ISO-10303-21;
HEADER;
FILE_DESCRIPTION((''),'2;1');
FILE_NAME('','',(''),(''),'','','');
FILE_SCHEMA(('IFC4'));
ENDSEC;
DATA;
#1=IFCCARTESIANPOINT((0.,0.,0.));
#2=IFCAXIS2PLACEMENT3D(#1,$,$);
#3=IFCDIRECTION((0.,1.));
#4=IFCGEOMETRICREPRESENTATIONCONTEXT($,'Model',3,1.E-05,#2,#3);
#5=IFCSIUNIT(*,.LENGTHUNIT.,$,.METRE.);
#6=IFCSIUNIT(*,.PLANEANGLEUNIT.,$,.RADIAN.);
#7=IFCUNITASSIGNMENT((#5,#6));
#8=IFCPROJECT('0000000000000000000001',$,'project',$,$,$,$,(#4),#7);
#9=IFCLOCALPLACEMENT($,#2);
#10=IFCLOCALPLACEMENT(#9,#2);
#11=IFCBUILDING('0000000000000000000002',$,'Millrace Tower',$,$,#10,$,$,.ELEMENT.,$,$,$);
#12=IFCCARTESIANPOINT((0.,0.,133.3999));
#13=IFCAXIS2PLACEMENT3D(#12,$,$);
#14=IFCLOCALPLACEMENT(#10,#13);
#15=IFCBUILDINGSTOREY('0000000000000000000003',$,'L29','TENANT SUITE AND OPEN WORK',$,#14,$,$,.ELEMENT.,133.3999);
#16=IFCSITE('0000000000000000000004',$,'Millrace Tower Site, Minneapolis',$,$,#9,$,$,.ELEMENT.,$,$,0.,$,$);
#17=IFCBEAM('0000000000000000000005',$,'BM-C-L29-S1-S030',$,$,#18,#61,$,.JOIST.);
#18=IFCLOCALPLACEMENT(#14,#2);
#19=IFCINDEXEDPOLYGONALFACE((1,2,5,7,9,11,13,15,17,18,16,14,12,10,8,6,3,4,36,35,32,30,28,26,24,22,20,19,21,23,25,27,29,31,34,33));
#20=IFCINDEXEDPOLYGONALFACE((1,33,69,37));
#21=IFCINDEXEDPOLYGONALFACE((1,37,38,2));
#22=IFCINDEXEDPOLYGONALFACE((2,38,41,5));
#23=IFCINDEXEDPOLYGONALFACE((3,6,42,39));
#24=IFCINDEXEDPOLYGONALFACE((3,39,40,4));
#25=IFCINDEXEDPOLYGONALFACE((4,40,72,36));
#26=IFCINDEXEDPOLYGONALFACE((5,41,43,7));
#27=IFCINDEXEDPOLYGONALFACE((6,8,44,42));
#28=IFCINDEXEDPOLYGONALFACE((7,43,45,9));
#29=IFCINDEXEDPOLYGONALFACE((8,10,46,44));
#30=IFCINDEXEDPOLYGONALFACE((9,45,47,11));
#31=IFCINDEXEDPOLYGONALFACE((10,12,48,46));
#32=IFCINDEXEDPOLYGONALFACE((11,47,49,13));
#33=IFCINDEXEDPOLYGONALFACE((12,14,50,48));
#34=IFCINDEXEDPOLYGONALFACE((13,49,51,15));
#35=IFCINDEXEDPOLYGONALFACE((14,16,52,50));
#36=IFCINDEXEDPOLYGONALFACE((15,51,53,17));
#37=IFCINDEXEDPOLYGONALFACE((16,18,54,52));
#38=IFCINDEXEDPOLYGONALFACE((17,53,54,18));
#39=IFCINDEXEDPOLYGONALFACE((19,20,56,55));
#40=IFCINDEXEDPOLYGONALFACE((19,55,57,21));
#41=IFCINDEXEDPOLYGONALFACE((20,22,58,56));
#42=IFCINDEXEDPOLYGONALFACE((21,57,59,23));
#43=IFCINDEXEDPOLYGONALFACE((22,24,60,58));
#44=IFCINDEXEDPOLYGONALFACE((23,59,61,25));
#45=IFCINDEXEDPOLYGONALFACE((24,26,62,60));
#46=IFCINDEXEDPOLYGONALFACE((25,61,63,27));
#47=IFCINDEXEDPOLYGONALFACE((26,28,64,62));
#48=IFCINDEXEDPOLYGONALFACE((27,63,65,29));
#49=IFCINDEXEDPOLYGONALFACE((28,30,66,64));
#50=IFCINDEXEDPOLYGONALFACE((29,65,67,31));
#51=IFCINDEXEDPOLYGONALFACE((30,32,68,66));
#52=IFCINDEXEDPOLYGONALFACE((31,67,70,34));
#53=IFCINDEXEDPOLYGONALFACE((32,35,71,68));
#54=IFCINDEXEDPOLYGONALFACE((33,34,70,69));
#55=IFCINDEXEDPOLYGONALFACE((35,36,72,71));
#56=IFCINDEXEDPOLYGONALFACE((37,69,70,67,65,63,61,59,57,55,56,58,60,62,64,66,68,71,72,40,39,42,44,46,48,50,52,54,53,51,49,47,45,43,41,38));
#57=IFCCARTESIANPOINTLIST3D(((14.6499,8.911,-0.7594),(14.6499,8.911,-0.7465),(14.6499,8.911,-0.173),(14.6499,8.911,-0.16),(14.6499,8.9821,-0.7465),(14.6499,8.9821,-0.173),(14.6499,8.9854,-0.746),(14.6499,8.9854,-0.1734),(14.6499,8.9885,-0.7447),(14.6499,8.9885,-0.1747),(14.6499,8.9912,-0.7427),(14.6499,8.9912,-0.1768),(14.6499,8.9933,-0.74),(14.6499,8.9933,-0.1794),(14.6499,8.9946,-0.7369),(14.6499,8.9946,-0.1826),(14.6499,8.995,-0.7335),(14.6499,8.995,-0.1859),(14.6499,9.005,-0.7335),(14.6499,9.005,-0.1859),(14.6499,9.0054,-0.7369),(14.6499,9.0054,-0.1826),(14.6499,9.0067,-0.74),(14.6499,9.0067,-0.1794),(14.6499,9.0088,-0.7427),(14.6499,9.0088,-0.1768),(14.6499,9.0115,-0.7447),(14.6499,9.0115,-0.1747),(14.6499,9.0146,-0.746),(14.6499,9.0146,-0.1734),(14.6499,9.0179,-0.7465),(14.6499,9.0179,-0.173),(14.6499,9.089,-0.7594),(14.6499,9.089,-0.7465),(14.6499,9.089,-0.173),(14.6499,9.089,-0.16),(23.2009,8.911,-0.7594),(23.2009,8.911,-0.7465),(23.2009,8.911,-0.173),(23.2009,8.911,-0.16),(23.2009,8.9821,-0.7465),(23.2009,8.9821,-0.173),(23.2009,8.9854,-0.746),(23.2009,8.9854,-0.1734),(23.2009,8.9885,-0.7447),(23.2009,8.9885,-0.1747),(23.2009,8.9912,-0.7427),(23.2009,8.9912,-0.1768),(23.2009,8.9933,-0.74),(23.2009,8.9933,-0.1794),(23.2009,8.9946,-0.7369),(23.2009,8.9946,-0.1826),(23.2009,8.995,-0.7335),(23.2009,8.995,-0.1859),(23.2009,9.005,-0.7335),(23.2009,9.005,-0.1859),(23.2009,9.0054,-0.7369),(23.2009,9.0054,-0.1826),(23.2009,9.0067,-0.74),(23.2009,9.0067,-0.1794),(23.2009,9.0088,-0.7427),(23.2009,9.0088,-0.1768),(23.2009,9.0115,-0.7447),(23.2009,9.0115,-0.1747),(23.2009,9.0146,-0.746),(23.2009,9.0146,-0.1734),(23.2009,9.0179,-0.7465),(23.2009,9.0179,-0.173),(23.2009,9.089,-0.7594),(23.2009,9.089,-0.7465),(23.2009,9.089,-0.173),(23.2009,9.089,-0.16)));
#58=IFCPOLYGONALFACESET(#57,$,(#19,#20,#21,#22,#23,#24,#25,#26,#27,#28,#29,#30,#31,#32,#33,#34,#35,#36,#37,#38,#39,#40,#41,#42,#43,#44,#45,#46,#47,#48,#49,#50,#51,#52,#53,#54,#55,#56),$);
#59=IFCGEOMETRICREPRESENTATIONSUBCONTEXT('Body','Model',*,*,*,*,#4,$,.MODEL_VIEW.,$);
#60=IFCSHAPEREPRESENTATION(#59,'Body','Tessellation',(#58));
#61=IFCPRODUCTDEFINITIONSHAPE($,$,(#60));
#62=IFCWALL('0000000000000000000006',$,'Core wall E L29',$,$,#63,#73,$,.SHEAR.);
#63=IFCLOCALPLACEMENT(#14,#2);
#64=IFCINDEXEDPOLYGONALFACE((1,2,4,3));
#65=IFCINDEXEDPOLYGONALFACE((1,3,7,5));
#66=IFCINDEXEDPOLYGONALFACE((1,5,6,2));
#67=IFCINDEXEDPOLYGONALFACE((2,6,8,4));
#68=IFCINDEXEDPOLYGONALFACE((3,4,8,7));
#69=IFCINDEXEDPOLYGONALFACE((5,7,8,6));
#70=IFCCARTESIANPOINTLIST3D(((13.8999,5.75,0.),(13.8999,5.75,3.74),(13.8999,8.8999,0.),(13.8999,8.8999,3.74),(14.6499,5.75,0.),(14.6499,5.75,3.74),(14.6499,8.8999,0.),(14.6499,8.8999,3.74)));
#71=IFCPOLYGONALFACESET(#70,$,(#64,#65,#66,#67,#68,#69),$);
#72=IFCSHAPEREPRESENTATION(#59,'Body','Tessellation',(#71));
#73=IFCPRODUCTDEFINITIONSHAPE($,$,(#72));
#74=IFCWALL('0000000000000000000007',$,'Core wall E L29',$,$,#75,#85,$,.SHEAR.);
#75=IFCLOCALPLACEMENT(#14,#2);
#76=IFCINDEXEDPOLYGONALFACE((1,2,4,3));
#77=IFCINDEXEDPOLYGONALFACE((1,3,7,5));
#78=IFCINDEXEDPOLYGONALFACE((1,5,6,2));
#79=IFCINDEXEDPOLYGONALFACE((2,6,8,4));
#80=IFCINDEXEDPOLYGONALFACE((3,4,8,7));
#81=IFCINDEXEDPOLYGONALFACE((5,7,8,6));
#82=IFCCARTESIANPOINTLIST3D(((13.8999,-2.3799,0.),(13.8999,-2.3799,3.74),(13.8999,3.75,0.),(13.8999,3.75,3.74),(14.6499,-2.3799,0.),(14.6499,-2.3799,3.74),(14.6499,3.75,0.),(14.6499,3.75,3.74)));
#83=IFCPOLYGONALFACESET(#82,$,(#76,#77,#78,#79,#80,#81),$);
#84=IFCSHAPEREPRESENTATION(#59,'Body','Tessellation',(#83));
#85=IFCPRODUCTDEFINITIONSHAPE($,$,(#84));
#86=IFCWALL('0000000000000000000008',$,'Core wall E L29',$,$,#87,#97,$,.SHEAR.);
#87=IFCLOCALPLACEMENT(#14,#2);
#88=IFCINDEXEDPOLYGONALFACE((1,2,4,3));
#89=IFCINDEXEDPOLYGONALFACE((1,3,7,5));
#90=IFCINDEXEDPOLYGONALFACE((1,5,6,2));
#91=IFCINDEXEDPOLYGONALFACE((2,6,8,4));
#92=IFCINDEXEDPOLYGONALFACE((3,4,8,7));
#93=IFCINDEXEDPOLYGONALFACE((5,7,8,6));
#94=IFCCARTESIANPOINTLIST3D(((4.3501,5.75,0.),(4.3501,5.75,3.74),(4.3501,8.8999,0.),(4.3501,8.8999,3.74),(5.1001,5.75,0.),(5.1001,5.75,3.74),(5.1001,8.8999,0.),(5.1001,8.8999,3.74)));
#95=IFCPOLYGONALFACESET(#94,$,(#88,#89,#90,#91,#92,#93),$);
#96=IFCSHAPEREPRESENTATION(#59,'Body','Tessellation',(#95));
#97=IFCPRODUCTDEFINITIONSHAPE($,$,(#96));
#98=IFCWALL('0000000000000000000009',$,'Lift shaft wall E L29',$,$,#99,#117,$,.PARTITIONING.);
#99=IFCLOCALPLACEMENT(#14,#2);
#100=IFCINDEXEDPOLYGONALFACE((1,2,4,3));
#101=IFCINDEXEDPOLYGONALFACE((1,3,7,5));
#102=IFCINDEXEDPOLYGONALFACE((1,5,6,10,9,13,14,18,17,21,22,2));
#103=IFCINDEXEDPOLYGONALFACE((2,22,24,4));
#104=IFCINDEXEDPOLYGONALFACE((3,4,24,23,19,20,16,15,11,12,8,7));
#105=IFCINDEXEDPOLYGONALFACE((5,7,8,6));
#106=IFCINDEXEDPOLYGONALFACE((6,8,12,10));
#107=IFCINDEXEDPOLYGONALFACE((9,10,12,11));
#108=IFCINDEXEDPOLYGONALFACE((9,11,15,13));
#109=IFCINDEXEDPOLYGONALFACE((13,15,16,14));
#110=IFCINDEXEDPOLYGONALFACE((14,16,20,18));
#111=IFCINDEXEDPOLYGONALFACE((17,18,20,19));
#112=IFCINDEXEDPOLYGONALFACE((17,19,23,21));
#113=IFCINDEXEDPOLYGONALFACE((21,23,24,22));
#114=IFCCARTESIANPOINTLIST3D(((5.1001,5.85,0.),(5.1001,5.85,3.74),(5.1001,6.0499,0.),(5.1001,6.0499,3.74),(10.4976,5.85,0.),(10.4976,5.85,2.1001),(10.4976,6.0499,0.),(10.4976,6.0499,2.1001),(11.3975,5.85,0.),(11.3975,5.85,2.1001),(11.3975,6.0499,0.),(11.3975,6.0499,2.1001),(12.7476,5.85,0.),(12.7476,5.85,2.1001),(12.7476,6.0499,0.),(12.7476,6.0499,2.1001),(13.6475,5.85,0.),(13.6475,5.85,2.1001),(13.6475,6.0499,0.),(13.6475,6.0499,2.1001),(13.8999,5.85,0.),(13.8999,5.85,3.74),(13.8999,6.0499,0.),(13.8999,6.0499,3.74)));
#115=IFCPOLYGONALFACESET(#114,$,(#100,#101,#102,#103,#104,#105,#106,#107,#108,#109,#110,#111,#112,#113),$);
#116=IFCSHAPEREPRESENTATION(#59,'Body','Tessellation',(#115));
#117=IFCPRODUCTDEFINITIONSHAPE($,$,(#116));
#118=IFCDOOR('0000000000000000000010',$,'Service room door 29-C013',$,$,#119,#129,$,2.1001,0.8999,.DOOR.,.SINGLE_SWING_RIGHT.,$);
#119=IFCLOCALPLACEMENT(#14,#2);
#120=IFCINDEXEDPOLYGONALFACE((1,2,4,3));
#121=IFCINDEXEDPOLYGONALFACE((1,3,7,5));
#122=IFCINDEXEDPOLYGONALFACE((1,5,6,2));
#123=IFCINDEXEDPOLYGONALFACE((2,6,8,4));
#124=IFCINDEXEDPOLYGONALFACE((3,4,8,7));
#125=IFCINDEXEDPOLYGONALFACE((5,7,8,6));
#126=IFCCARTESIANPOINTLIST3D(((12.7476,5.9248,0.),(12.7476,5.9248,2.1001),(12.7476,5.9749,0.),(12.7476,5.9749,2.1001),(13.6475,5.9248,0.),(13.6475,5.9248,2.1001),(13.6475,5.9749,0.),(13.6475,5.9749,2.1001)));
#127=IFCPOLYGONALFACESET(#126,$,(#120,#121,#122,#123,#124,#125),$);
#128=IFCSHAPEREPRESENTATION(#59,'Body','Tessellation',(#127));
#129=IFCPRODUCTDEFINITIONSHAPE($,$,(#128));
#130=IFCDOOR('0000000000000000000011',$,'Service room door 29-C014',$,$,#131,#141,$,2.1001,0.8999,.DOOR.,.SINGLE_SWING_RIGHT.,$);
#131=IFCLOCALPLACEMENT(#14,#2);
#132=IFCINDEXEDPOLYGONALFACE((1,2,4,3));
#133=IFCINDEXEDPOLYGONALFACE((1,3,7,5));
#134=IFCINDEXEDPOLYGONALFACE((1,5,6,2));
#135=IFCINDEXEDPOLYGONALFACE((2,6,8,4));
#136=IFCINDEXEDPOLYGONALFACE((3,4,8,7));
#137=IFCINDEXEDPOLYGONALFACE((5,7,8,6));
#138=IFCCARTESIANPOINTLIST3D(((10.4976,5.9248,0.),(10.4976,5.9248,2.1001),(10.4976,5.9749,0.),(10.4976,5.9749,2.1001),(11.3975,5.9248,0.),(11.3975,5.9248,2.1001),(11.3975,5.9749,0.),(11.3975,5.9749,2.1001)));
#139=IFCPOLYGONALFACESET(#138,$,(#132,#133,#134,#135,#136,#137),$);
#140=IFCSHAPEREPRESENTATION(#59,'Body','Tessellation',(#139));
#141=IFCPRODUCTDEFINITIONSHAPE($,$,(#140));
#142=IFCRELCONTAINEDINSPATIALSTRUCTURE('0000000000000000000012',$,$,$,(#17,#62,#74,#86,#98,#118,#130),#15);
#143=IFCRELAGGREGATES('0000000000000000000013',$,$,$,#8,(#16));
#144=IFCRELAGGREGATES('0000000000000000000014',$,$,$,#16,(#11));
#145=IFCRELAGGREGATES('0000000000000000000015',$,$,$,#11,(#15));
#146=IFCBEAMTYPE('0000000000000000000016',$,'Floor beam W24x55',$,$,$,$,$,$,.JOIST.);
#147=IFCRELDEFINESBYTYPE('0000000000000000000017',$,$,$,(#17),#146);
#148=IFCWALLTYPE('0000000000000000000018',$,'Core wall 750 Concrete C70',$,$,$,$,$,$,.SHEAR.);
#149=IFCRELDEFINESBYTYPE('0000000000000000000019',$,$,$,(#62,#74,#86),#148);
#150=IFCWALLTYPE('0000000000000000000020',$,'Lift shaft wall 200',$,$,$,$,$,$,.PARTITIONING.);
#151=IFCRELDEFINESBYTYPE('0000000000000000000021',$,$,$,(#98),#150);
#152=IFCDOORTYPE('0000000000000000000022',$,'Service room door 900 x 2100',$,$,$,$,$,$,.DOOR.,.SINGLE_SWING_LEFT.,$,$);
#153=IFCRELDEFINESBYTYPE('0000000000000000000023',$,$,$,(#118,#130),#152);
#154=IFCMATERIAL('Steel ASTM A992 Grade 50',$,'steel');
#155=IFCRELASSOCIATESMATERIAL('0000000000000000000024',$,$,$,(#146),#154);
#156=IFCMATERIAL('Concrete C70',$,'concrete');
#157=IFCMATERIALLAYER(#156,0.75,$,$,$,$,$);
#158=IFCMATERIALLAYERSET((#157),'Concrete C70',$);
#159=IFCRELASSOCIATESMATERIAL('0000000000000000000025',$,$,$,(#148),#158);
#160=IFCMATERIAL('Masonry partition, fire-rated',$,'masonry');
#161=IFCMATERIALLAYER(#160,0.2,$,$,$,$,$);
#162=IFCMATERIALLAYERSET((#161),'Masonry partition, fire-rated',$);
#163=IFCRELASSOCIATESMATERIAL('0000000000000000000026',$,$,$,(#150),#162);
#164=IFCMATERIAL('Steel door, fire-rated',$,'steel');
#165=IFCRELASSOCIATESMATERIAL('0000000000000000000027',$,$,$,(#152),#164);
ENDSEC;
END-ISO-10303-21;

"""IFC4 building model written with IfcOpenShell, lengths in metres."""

from ifc_helpers import new_model, si_unit, direction, frame, frame_2d, origin, origin_2d, place, context, subcontext, project, spatial, rectangle, i_section, extrude, material, layer, layer_set, material_profile, profile_set, type_object, element, fill, save


model = new_model("IFC4")

# Units and contexts
model_context = context("Model", 3, precision=1e-05, world=origin(), true_north=direction((0.0, 1.0)))
body_context = subcontext(model_context, "Body", "Model", "MODEL_VIEW")
ifc_project = project(units=[si_unit("LENGTHUNIT", "METRE"), si_unit("PLANEANGLEUNIT", "RADIAN")], contexts=[model_context])

# Site, building, storey
site_placement = place(None, origin())
site = spatial("IfcSite", under=ifc_project, at=site_placement, Name="Millrace Tower Site, Minneapolis", CompositionType="ELEMENT", RefElevation=0.0)
building_placement = place(site_placement, origin())
building = spatial("IfcBuilding", under=site, at=building_placement, Name="Millrace Tower", CompositionType="ELEMENT")
storey_placement = place(building_placement, frame((0.0, 0.0, 133.3999)))
storey = spatial("IfcBuildingStorey", under=building, at=storey_placement, Name="L29", Description="TENANT SUITE AND OPEN WORK", CompositionType="ELEMENT", Elevation=133.3999)

# Beam
ifc_material_1 = material(Name="Steel ASTM A992 Grade 50", Category="steel")
ifc_material_profile_1 = material_profile(ifc_material_1, i_section(OverallWidth=0.178, OverallDepth=0.5994, WebThickness=0.01, FlangeThickness=0.0129, FilletRadius=0.0129, at=origin_2d()))
ifc_profile_set_1 = profile_set([ifc_material_profile_1], Name="Steel ASTM A992 Grade 50")
beam_type_1 = type_object("IfcBeamType", Name="Floor beam W24x55", PredefinedType="JOIST", material=ifc_profile_set_1)
beam_1_placement = place(storey_placement, frame((14.6499, 9.0, -0.4597), z_axis=(1.0, 0.0, 0.0), x_axis=(0.0, 1.0, 0.0)))
element("IfcBeam", 1, at=beam_1_placement, inside=storey, type_object=beam_type_1, Name="BM-C-L29-S1-S030", PredefinedType="JOIST", context=body_context, shape_type="SweptSolid", body=[
    extrude(i_section(OverallWidth=0.178, OverallDepth=0.5994, WebThickness=0.01, FlangeThickness=0.0129, FilletRadius=0.0129, at=origin_2d()), origin(), (0.0, 0.0, 1.0), 8.551),
])

# Walls
ifc_material_2 = material(Name="Concrete C70", Category="concrete")
ifc_layer_1 = layer(ifc_material_2, 0.75)
ifc_layer_set_1 = layer_set([ifc_layer_1], Name="Concrete C70")
wall_type_1 = type_object("IfcWallType", Name="Core wall 750 Concrete C70", PredefinedType="SHEAR", material=ifc_layer_set_1)
wall_1_placement = place(storey_placement, frame((14.2749, 8.8999, 0.0), z_axis=(0.0, 0.0, 1.0), x_axis=(0.0, -1.0, 0.0)))
element("IfcWall", 2, at=wall_1_placement, inside=storey, type_object=wall_type_1, Name="Core wall E L29", PredefinedType="SHEAR", context=body_context, shape_type="SweptSolid", body=[
    extrude(rectangle(XDim=3.1499, YDim=0.75, at=frame_2d((1.575, 0.0))), origin(), (0.0, 0.0, 1.0), 3.74),
])
wall_2_placement = place(storey_placement, frame((14.2749, 3.75, 0.0), z_axis=(0.0, 0.0, 1.0), x_axis=(0.0, -1.0, 0.0)))
element("IfcWall", 3, at=wall_2_placement, inside=storey, type_object=wall_type_1, Name="Core wall E L29", PredefinedType="SHEAR", context=body_context, shape_type="SweptSolid", body=[
    extrude(rectangle(XDim=6.1299, YDim=0.75, at=frame_2d((3.0649, 0.0))), origin(), (0.0, 0.0, 1.0), 3.74),
])
wall_3_placement = place(storey_placement, frame((4.7251, 8.8999, 0.0), z_axis=(0.0, 0.0, 1.0), x_axis=(0.0, -1.0, 0.0)))
element("IfcWall", 4, at=wall_3_placement, inside=storey, type_object=wall_type_1, Name="Core wall E L29", PredefinedType="SHEAR", context=body_context, shape_type="SweptSolid", body=[
    extrude(rectangle(XDim=3.1499, YDim=0.75, at=frame_2d((1.575, 0.0))), origin(), (0.0, 0.0, 1.0), 3.74),
])

# Wall, openings, doors
ifc_material_3 = material(Name="Masonry partition, fire-rated", Category="masonry")
ifc_layer_2 = layer(ifc_material_3, 0.2)
ifc_layer_set_2 = layer_set([ifc_layer_2], Name="Masonry partition, fire-rated")
wall_type_2 = type_object("IfcWallType", Name="Lift shaft wall 200", PredefinedType="PARTITIONING", material=ifc_layer_set_2)
wall_4_placement = place(storey_placement, frame((13.8999, 5.95, 0.0), z_axis=(0.0, 0.0, 1.0), x_axis=(-1.0, 0.0, 0.0)))
wall_4 = element("IfcWall", 5, at=wall_4_placement, inside=storey, type_object=wall_type_2, Name="Lift shaft wall E L29", PredefinedType="PARTITIONING", context=body_context, shape_type="SweptSolid", body=[
    extrude(rectangle(XDim=8.7998, YDim=0.2, at=frame_2d((4.3999, 0.0))), origin(), (0.0, 0.0, 1.0), 3.74),
])
opening_1_placement = place(wall_4_placement, frame((0.2524, 0.0, 0.0)))
opening_1 = element("IfcOpeningElement", 6, at=opening_1_placement, cuts=wall_4, PredefinedType="OPENING", context=body_context, shape_type="SweptSolid", body=[
    extrude(rectangle(XDim=0.8999, YDim=2.1001, at=frame_2d((0.45, 1.05))), frame((0.0, 0.1099, 0.0), z_axis=(0.0, -1.0, 0.0), x_axis=(1.0, 0.0, 0.0)), (0.0, 0.0, 1.0), 0.22),
])
opening_2_placement = place(wall_4_placement, frame((2.5024, 0.0, 0.0)))
opening_2 = element("IfcOpeningElement", 7, at=opening_2_placement, cuts=wall_4, PredefinedType="OPENING", context=body_context, shape_type="SweptSolid", body=[
    extrude(rectangle(XDim=0.8999, YDim=2.1001, at=frame_2d((0.45, 1.05))), frame((0.0, 0.1099, 0.0), z_axis=(0.0, -1.0, 0.0), x_axis=(1.0, 0.0, 0.0)), (0.0, 0.0, 1.0), 0.22),
])
ifc_material_4 = material(Name="Steel door, fire-rated", Category="steel")
door_type_1 = type_object("IfcDoorType", Name="Service room door 900 x 2100", OperationType="SINGLE_SWING_LEFT", PredefinedType="DOOR", material=ifc_material_4)
door_1_placement = place(opening_1_placement, frame((0.8999, 0.0, 0.0), z_axis=(0.0, 0.0, 1.0), x_axis=(-1.0, 0.0, 0.0)))
door_1 = element("IfcDoor", 8, at=door_1_placement, inside=storey, type_object=door_type_1, Name="Service room door 29-C013", OperationType="SINGLE_SWING_RIGHT", OverallHeight=2.1001, OverallWidth=0.8999, PredefinedType="DOOR", context=body_context, shape_type="SweptSolid", body=[
    extrude(rectangle(XDim=0.8999, YDim=2.1001, at=frame_2d((0.45, 1.05))), frame((0.0, 0.0249, 0.0), z_axis=(0.0, -1.0, 0.0), x_axis=(1.0, 0.0, 0.0)), (0.0, 0.0, 1.0), 0.05),
])
fill(opening_1, door_1)
door_2_placement = place(opening_2_placement, frame((0.8999, 0.0, 0.0), z_axis=(0.0, 0.0, 1.0), x_axis=(-1.0, 0.0, 0.0)))
door_2 = element("IfcDoor", 9, at=door_2_placement, inside=storey, type_object=door_type_1, Name="Service room door 29-C014", OperationType="SINGLE_SWING_RIGHT", OverallHeight=2.1001, OverallWidth=0.8999, PredefinedType="DOOR", context=body_context, shape_type="SweptSolid", body=[
    extrude(rectangle(XDim=0.8999, YDim=2.1001, at=frame_2d((0.45, 1.05))), frame((0.0, 0.0249, 0.0), z_axis=(0.0, -1.0, 0.0), x_axis=(1.0, 0.0, 0.0)), (0.0, 0.0, 1.0), 0.05),
])
fill(opening_2, door_2)

save(model, "model.ifc")
